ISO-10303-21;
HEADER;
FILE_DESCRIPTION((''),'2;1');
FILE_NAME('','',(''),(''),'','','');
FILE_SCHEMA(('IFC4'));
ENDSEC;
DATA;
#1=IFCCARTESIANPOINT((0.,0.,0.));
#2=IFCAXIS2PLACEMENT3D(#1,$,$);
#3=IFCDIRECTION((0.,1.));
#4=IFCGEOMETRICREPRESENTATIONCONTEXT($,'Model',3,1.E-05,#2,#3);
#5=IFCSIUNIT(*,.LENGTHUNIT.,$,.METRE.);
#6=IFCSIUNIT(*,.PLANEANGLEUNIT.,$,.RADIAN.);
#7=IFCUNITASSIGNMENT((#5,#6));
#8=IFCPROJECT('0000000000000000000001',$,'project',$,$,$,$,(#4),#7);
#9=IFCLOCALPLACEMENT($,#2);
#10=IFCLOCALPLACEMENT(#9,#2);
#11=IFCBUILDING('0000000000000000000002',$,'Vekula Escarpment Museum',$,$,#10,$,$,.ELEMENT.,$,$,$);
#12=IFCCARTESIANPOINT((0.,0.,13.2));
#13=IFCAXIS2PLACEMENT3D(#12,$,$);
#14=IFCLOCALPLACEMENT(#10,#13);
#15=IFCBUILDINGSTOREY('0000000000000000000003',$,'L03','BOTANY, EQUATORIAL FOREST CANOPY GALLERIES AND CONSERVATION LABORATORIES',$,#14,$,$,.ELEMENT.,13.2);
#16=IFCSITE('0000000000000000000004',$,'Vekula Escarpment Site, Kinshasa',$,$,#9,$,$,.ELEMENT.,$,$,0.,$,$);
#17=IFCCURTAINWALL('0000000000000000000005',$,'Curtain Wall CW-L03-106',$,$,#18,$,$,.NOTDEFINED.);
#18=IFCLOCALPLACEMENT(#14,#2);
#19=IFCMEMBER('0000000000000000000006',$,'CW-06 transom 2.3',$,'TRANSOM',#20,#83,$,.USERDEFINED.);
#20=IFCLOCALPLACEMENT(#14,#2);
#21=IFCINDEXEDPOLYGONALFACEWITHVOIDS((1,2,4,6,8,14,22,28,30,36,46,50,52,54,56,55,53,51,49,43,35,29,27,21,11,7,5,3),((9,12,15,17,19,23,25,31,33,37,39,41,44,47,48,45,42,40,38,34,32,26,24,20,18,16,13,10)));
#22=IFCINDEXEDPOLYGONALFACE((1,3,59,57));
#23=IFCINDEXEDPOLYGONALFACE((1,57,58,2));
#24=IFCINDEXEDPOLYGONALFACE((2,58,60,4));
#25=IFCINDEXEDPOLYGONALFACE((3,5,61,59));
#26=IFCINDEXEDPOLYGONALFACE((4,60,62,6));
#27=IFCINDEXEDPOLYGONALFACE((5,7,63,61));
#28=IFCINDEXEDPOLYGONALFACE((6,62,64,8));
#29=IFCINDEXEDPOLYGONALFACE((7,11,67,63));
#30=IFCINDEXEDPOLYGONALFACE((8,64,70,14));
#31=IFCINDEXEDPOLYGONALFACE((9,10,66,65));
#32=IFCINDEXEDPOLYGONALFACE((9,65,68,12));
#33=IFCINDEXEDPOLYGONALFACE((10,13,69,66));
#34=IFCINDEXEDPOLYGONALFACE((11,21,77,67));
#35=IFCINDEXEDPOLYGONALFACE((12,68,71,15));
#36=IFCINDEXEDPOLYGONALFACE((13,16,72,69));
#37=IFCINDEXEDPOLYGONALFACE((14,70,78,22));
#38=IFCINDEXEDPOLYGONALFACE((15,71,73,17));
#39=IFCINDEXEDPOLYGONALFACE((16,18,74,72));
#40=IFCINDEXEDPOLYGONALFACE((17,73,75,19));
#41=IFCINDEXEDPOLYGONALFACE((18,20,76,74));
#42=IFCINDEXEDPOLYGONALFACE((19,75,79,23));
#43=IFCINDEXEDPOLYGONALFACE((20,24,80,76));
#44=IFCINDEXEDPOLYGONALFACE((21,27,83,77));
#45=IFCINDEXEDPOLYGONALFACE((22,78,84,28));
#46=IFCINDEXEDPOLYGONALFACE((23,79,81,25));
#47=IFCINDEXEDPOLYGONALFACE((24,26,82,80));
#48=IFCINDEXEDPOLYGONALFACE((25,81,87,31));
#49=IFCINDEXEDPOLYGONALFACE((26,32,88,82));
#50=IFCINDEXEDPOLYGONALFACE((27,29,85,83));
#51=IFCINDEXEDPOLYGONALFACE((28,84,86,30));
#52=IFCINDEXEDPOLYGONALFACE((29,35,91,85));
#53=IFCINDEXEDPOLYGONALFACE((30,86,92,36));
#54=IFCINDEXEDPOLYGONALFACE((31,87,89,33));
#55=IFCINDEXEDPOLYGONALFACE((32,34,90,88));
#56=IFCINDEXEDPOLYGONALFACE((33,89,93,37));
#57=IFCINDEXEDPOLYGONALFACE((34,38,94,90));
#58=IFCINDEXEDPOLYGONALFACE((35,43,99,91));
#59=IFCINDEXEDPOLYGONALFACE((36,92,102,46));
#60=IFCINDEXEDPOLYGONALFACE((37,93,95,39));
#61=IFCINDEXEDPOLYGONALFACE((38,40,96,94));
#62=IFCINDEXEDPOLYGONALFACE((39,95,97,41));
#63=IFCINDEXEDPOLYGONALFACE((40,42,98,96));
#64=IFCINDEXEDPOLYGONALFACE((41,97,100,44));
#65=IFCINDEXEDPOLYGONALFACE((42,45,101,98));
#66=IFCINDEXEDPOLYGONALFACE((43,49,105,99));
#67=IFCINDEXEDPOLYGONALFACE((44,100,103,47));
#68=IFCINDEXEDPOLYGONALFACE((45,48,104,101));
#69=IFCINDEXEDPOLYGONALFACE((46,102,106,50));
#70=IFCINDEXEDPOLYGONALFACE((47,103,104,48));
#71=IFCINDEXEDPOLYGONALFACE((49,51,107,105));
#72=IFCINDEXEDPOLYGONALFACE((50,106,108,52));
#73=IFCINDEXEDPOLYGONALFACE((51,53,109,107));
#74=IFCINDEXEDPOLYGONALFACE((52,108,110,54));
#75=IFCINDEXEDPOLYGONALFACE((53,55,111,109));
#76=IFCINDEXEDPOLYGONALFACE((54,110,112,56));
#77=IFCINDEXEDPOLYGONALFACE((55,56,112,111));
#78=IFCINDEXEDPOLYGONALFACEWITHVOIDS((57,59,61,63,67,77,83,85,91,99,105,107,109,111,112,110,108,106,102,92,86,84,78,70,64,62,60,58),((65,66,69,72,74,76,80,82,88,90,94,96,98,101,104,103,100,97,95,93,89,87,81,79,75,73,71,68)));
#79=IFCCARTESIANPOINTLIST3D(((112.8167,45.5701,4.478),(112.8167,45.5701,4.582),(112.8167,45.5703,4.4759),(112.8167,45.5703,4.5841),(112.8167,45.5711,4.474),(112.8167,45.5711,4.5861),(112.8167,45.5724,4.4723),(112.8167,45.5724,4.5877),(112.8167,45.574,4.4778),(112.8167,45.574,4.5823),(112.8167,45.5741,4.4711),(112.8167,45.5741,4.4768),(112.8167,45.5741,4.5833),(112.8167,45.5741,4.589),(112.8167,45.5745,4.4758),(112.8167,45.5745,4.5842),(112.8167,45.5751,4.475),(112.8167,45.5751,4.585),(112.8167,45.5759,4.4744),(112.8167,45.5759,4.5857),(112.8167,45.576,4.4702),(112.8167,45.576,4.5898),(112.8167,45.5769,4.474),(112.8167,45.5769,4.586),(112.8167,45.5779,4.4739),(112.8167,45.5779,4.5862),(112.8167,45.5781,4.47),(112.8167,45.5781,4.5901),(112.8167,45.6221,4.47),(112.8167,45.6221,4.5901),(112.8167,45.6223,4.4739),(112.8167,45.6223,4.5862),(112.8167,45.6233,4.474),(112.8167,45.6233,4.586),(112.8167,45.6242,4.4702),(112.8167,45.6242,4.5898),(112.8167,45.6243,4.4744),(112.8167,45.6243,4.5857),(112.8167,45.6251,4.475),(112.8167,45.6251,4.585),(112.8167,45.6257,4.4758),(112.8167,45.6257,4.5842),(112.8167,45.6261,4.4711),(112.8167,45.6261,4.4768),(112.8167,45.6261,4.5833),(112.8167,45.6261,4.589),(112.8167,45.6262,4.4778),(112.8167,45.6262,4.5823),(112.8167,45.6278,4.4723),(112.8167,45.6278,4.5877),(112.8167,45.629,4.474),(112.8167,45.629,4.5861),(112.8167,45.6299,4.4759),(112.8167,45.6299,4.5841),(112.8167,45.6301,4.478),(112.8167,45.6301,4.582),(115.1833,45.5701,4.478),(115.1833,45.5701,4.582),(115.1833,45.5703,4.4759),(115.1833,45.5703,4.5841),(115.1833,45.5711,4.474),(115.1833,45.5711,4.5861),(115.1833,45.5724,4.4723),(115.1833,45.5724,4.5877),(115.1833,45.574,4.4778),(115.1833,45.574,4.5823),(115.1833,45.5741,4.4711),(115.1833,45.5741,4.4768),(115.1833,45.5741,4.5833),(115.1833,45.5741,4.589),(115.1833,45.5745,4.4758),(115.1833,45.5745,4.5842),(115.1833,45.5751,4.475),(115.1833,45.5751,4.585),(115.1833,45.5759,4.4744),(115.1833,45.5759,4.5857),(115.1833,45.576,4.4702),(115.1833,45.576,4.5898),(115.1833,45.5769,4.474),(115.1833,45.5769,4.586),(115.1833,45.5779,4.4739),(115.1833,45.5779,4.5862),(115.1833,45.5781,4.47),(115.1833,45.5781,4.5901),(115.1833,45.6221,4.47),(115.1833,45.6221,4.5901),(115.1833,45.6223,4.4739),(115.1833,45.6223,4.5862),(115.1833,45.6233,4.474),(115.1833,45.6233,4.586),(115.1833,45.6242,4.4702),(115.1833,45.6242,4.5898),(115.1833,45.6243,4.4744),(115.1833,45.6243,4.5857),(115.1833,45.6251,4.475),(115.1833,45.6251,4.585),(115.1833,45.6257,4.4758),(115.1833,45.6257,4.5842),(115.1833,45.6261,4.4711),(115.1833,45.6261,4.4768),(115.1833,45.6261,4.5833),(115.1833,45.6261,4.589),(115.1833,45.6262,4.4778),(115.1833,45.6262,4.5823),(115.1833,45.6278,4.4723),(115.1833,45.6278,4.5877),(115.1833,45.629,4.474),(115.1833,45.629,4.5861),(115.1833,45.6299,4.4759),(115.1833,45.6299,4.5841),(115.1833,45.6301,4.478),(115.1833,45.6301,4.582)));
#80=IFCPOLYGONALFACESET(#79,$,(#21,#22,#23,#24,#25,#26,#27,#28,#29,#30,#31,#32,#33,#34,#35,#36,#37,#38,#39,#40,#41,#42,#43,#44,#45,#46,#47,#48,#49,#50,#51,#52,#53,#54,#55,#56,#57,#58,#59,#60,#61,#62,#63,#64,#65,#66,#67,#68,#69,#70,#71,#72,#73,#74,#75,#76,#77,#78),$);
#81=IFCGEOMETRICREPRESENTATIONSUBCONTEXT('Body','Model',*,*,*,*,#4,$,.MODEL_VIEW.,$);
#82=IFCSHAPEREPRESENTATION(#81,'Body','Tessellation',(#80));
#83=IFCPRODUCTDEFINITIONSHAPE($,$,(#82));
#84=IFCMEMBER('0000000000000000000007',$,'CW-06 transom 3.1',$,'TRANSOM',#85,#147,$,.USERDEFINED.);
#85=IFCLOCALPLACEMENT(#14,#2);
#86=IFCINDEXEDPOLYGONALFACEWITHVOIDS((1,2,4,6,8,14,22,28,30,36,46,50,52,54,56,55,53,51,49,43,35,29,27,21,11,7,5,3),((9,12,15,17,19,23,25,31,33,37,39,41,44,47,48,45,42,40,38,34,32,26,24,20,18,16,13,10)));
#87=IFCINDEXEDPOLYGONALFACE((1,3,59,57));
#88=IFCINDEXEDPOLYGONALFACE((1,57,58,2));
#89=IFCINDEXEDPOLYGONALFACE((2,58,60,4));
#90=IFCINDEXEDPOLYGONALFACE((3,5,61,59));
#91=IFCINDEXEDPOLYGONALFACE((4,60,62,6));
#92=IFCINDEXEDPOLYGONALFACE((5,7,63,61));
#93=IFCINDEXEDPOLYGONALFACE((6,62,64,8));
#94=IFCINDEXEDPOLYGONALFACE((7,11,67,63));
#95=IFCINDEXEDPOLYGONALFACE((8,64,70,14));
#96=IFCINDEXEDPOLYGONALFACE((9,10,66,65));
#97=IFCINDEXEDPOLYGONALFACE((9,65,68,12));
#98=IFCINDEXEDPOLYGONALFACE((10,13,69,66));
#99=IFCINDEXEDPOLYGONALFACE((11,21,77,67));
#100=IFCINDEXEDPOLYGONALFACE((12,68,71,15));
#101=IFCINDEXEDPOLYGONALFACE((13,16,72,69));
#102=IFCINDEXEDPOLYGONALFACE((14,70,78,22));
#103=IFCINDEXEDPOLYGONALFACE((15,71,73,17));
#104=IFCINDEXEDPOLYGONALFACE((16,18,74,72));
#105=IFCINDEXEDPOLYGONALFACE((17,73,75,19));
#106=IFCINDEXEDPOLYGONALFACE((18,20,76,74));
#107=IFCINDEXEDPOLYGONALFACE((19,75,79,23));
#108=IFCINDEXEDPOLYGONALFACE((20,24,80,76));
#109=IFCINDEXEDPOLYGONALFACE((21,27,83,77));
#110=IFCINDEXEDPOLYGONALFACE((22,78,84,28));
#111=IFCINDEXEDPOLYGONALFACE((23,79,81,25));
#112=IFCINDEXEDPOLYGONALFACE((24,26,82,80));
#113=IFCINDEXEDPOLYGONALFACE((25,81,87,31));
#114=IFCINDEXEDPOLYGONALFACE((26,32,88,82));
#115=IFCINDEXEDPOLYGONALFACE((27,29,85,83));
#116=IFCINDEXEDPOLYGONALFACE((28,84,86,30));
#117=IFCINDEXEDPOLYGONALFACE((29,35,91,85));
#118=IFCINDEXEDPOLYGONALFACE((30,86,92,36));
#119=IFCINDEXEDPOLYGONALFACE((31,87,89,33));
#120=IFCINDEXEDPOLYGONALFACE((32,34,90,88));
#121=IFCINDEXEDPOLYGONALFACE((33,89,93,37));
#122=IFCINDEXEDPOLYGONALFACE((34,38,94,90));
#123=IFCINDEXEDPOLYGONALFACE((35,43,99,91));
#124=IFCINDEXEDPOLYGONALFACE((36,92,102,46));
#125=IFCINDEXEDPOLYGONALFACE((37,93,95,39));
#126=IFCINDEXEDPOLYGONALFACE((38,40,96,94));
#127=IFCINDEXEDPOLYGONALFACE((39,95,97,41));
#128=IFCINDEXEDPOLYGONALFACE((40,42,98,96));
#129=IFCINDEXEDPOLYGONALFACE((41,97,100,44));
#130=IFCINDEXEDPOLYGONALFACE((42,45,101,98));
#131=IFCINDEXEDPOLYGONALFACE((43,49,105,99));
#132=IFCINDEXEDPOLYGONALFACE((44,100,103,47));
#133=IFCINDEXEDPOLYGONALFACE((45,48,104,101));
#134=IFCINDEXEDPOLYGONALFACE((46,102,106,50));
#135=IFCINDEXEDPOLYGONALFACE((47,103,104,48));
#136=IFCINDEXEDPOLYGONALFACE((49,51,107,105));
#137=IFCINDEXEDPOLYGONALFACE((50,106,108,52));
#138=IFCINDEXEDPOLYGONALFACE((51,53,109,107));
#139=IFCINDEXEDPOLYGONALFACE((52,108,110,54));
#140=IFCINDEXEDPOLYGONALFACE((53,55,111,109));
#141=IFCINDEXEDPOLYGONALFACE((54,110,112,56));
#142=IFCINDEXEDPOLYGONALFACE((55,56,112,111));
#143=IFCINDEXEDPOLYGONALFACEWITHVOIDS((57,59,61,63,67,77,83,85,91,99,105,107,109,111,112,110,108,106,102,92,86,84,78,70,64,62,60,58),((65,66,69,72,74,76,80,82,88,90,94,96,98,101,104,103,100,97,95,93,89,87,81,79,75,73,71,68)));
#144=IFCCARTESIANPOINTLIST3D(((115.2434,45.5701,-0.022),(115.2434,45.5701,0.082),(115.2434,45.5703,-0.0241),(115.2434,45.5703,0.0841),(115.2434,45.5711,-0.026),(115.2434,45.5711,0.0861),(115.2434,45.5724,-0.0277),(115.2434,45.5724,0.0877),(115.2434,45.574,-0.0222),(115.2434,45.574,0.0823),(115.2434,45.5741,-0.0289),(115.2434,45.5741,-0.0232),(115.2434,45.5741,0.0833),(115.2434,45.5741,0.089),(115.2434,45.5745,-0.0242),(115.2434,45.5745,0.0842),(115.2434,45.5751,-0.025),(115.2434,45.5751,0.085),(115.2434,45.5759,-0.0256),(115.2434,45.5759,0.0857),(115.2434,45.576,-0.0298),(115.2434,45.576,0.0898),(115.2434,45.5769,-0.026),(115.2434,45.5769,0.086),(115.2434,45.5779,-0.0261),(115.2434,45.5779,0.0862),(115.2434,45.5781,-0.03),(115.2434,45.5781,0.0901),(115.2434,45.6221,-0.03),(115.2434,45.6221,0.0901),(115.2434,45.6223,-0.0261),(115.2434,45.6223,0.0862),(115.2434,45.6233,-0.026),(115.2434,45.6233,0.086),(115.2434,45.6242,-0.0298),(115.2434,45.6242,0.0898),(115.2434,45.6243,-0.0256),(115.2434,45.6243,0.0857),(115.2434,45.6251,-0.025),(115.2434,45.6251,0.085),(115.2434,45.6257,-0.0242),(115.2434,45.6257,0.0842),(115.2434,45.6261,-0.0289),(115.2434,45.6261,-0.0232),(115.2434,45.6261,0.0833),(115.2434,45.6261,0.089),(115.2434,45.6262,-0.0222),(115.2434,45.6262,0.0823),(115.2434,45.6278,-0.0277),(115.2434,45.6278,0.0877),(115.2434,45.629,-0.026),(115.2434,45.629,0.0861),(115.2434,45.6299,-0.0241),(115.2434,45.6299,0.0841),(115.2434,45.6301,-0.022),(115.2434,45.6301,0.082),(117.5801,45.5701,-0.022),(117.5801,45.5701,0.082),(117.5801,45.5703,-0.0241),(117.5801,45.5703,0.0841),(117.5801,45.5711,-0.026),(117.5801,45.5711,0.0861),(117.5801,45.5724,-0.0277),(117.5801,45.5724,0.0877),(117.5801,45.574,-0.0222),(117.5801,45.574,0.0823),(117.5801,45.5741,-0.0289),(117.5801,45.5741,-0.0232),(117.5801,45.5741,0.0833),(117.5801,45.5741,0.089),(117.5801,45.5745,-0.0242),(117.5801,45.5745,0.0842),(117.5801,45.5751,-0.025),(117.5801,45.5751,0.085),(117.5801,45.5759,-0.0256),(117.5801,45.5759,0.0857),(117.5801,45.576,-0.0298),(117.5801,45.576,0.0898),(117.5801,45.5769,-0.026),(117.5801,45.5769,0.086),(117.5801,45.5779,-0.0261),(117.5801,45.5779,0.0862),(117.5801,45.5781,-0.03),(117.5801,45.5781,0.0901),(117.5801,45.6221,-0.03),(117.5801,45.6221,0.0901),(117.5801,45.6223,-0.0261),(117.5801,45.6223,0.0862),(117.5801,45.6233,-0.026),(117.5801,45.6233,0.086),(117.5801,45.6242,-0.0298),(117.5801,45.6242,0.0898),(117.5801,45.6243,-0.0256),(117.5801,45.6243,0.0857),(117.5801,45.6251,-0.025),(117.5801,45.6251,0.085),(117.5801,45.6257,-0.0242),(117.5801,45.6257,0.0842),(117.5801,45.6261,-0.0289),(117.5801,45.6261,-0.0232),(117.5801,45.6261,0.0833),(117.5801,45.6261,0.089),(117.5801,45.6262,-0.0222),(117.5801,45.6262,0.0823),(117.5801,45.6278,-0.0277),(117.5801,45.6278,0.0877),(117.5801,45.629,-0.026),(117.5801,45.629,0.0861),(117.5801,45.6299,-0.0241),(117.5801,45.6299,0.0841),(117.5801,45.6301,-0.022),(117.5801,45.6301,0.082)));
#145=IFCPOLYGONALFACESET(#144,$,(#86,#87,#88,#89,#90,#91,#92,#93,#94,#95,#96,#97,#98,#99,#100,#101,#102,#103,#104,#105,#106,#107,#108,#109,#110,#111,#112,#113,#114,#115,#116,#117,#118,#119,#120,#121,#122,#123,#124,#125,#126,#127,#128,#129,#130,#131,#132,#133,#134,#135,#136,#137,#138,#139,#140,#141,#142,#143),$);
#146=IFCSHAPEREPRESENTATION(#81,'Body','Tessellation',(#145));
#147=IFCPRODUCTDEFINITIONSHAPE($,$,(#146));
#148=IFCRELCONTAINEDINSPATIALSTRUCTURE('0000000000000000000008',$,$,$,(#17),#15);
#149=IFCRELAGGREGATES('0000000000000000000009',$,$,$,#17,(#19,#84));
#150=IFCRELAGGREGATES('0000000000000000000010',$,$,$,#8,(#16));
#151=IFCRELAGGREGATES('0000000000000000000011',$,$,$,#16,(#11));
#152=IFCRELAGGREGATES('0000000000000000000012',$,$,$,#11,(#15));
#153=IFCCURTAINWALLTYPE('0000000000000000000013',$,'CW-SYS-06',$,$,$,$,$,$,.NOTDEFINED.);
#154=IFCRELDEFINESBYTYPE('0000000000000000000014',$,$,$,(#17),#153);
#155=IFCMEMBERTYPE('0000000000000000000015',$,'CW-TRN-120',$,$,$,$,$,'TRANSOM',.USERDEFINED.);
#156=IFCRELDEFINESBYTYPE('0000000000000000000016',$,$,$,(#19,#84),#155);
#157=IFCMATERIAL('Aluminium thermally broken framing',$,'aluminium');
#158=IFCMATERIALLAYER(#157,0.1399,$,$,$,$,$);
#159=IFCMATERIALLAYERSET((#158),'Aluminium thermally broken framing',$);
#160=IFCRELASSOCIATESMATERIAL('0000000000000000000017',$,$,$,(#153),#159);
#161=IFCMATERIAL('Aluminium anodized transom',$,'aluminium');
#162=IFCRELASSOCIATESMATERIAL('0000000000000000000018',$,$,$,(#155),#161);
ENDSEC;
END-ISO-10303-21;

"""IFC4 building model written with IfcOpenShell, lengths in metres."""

from ifc_helpers import new_model, si_unit, direction, frame, origin, origin_2d, place, context, subcontext, project, spatial, hollow_rectangle, extrude, material, layer, layer_set, material_profile, profile_set, type_object, element, aggregate, save


model = new_model("IFC4")

# Units and contexts
model_context = context("Model", 3, precision=1e-05, world=origin(), true_north=direction((0.0, 1.0)))
body_context = subcontext(model_context, "Body", "Model", "MODEL_VIEW")
ifc_project = project(units=[si_unit("LENGTHUNIT", "METRE"), si_unit("PLANEANGLEUNIT", "RADIAN")], contexts=[model_context])

# Site, building, storey
site_placement = place(None, origin())
site = spatial("IfcSite", under=ifc_project, at=site_placement, Name="Vekula Escarpment Site, Kinshasa", CompositionType="ELEMENT", RefElevation=0.0)
building_placement = place(site_placement, origin())
building = spatial("IfcBuilding", under=site, at=building_placement, Name="Vekula Escarpment Museum", CompositionType="ELEMENT")
storey_placement = place(building_placement, frame((0.0, 0.0, 13.2)))
storey = spatial("IfcBuildingStorey", under=building, at=storey_placement, Name="L03", Description="BOTANY, EQUATORIAL FOREST CANOPY GALLERIES AND CONSERVATION LABORATORIES", CompositionType="ELEMENT", Elevation=13.2)

# Curtain wall, members
ifc_material_1 = material(Name="Aluminium thermally broken framing", Category="aluminium")
ifc_layer_1 = layer(ifc_material_1, 0.1399)
ifc_layer_set_1 = layer_set([ifc_layer_1], Name="Aluminium thermally broken framing")
curtain_wall_type_1 = type_object("IfcCurtainWallType", Name="CW-SYS-06", PredefinedType="NOTDEFINED", material=ifc_layer_set_1)
curtain_wall_1_placement = place(storey_placement, origin())
curtain_wall_1 = element("IfcCurtainWall", 1, at=curtain_wall_1_placement, inside=storey, type_object=curtain_wall_type_1, Name="Curtain Wall CW-L03-106", PredefinedType="NOTDEFINED")
ifc_material_2 = material(Name="Aluminium anodized transom", Category="aluminium")
ifc_material_profile_1 = material_profile(ifc_material_2, hollow_rectangle(XDim=0.0601, YDim=0.1201, WallThickness=0.0039, InnerFilletRadius=0.0039, OuterFilletRadius=0.0081, at=origin_2d()), Name="ALU 120x60x4")
ifc_profile_set_1 = profile_set([ifc_material_profile_1], Name="Aluminium anodized transom")
member_type_1 = type_object("IfcMemberType", Name="CW-TRN-120", ElementType="TRANSOM", PredefinedType="USERDEFINED", material=ifc_profile_set_1)
member_1_placement = place(storey_placement, frame((112.8167, 45.6001, 4.53), z_axis=(1.0, 0.0, 0.0), x_axis=(0.0, 1.0, 0.0)))
member_1 = element("IfcMember", 2, at=member_1_placement, type_object=member_type_1, Name="CW-06 transom 2.3", ObjectType="TRANSOM", PredefinedType="USERDEFINED", context=body_context, shape_type="SweptSolid", body=[
    extrude(hollow_rectangle(XDim=0.0601, YDim=0.1201, WallThickness=0.0039, InnerFilletRadius=0.0039, OuterFilletRadius=0.0081, at=origin_2d()), origin(), (0.0, 0.0, 1.0), 2.3667),
])
member_2_placement = place(storey_placement, frame((115.2434, 45.6001, 0.03), z_axis=(1.0, 0.0, 0.0), x_axis=(0.0, 1.0, 0.0)))
member_2 = element("IfcMember", 3, at=member_2_placement, type_object=member_type_1, Name="CW-06 transom 3.1", ObjectType="TRANSOM", PredefinedType="USERDEFINED", context=body_context, shape_type="SweptSolid", body=[
    extrude(hollow_rectangle(XDim=0.0601, YDim=0.1201, WallThickness=0.0039, InnerFilletRadius=0.0039, OuterFilletRadius=0.0081, at=origin_2d()), origin(), (0.0, 0.0, 1.0), 2.3367),
])
aggregate(curtain_wall_1, [member_1, member_2])

save(model, "model.ifc")
